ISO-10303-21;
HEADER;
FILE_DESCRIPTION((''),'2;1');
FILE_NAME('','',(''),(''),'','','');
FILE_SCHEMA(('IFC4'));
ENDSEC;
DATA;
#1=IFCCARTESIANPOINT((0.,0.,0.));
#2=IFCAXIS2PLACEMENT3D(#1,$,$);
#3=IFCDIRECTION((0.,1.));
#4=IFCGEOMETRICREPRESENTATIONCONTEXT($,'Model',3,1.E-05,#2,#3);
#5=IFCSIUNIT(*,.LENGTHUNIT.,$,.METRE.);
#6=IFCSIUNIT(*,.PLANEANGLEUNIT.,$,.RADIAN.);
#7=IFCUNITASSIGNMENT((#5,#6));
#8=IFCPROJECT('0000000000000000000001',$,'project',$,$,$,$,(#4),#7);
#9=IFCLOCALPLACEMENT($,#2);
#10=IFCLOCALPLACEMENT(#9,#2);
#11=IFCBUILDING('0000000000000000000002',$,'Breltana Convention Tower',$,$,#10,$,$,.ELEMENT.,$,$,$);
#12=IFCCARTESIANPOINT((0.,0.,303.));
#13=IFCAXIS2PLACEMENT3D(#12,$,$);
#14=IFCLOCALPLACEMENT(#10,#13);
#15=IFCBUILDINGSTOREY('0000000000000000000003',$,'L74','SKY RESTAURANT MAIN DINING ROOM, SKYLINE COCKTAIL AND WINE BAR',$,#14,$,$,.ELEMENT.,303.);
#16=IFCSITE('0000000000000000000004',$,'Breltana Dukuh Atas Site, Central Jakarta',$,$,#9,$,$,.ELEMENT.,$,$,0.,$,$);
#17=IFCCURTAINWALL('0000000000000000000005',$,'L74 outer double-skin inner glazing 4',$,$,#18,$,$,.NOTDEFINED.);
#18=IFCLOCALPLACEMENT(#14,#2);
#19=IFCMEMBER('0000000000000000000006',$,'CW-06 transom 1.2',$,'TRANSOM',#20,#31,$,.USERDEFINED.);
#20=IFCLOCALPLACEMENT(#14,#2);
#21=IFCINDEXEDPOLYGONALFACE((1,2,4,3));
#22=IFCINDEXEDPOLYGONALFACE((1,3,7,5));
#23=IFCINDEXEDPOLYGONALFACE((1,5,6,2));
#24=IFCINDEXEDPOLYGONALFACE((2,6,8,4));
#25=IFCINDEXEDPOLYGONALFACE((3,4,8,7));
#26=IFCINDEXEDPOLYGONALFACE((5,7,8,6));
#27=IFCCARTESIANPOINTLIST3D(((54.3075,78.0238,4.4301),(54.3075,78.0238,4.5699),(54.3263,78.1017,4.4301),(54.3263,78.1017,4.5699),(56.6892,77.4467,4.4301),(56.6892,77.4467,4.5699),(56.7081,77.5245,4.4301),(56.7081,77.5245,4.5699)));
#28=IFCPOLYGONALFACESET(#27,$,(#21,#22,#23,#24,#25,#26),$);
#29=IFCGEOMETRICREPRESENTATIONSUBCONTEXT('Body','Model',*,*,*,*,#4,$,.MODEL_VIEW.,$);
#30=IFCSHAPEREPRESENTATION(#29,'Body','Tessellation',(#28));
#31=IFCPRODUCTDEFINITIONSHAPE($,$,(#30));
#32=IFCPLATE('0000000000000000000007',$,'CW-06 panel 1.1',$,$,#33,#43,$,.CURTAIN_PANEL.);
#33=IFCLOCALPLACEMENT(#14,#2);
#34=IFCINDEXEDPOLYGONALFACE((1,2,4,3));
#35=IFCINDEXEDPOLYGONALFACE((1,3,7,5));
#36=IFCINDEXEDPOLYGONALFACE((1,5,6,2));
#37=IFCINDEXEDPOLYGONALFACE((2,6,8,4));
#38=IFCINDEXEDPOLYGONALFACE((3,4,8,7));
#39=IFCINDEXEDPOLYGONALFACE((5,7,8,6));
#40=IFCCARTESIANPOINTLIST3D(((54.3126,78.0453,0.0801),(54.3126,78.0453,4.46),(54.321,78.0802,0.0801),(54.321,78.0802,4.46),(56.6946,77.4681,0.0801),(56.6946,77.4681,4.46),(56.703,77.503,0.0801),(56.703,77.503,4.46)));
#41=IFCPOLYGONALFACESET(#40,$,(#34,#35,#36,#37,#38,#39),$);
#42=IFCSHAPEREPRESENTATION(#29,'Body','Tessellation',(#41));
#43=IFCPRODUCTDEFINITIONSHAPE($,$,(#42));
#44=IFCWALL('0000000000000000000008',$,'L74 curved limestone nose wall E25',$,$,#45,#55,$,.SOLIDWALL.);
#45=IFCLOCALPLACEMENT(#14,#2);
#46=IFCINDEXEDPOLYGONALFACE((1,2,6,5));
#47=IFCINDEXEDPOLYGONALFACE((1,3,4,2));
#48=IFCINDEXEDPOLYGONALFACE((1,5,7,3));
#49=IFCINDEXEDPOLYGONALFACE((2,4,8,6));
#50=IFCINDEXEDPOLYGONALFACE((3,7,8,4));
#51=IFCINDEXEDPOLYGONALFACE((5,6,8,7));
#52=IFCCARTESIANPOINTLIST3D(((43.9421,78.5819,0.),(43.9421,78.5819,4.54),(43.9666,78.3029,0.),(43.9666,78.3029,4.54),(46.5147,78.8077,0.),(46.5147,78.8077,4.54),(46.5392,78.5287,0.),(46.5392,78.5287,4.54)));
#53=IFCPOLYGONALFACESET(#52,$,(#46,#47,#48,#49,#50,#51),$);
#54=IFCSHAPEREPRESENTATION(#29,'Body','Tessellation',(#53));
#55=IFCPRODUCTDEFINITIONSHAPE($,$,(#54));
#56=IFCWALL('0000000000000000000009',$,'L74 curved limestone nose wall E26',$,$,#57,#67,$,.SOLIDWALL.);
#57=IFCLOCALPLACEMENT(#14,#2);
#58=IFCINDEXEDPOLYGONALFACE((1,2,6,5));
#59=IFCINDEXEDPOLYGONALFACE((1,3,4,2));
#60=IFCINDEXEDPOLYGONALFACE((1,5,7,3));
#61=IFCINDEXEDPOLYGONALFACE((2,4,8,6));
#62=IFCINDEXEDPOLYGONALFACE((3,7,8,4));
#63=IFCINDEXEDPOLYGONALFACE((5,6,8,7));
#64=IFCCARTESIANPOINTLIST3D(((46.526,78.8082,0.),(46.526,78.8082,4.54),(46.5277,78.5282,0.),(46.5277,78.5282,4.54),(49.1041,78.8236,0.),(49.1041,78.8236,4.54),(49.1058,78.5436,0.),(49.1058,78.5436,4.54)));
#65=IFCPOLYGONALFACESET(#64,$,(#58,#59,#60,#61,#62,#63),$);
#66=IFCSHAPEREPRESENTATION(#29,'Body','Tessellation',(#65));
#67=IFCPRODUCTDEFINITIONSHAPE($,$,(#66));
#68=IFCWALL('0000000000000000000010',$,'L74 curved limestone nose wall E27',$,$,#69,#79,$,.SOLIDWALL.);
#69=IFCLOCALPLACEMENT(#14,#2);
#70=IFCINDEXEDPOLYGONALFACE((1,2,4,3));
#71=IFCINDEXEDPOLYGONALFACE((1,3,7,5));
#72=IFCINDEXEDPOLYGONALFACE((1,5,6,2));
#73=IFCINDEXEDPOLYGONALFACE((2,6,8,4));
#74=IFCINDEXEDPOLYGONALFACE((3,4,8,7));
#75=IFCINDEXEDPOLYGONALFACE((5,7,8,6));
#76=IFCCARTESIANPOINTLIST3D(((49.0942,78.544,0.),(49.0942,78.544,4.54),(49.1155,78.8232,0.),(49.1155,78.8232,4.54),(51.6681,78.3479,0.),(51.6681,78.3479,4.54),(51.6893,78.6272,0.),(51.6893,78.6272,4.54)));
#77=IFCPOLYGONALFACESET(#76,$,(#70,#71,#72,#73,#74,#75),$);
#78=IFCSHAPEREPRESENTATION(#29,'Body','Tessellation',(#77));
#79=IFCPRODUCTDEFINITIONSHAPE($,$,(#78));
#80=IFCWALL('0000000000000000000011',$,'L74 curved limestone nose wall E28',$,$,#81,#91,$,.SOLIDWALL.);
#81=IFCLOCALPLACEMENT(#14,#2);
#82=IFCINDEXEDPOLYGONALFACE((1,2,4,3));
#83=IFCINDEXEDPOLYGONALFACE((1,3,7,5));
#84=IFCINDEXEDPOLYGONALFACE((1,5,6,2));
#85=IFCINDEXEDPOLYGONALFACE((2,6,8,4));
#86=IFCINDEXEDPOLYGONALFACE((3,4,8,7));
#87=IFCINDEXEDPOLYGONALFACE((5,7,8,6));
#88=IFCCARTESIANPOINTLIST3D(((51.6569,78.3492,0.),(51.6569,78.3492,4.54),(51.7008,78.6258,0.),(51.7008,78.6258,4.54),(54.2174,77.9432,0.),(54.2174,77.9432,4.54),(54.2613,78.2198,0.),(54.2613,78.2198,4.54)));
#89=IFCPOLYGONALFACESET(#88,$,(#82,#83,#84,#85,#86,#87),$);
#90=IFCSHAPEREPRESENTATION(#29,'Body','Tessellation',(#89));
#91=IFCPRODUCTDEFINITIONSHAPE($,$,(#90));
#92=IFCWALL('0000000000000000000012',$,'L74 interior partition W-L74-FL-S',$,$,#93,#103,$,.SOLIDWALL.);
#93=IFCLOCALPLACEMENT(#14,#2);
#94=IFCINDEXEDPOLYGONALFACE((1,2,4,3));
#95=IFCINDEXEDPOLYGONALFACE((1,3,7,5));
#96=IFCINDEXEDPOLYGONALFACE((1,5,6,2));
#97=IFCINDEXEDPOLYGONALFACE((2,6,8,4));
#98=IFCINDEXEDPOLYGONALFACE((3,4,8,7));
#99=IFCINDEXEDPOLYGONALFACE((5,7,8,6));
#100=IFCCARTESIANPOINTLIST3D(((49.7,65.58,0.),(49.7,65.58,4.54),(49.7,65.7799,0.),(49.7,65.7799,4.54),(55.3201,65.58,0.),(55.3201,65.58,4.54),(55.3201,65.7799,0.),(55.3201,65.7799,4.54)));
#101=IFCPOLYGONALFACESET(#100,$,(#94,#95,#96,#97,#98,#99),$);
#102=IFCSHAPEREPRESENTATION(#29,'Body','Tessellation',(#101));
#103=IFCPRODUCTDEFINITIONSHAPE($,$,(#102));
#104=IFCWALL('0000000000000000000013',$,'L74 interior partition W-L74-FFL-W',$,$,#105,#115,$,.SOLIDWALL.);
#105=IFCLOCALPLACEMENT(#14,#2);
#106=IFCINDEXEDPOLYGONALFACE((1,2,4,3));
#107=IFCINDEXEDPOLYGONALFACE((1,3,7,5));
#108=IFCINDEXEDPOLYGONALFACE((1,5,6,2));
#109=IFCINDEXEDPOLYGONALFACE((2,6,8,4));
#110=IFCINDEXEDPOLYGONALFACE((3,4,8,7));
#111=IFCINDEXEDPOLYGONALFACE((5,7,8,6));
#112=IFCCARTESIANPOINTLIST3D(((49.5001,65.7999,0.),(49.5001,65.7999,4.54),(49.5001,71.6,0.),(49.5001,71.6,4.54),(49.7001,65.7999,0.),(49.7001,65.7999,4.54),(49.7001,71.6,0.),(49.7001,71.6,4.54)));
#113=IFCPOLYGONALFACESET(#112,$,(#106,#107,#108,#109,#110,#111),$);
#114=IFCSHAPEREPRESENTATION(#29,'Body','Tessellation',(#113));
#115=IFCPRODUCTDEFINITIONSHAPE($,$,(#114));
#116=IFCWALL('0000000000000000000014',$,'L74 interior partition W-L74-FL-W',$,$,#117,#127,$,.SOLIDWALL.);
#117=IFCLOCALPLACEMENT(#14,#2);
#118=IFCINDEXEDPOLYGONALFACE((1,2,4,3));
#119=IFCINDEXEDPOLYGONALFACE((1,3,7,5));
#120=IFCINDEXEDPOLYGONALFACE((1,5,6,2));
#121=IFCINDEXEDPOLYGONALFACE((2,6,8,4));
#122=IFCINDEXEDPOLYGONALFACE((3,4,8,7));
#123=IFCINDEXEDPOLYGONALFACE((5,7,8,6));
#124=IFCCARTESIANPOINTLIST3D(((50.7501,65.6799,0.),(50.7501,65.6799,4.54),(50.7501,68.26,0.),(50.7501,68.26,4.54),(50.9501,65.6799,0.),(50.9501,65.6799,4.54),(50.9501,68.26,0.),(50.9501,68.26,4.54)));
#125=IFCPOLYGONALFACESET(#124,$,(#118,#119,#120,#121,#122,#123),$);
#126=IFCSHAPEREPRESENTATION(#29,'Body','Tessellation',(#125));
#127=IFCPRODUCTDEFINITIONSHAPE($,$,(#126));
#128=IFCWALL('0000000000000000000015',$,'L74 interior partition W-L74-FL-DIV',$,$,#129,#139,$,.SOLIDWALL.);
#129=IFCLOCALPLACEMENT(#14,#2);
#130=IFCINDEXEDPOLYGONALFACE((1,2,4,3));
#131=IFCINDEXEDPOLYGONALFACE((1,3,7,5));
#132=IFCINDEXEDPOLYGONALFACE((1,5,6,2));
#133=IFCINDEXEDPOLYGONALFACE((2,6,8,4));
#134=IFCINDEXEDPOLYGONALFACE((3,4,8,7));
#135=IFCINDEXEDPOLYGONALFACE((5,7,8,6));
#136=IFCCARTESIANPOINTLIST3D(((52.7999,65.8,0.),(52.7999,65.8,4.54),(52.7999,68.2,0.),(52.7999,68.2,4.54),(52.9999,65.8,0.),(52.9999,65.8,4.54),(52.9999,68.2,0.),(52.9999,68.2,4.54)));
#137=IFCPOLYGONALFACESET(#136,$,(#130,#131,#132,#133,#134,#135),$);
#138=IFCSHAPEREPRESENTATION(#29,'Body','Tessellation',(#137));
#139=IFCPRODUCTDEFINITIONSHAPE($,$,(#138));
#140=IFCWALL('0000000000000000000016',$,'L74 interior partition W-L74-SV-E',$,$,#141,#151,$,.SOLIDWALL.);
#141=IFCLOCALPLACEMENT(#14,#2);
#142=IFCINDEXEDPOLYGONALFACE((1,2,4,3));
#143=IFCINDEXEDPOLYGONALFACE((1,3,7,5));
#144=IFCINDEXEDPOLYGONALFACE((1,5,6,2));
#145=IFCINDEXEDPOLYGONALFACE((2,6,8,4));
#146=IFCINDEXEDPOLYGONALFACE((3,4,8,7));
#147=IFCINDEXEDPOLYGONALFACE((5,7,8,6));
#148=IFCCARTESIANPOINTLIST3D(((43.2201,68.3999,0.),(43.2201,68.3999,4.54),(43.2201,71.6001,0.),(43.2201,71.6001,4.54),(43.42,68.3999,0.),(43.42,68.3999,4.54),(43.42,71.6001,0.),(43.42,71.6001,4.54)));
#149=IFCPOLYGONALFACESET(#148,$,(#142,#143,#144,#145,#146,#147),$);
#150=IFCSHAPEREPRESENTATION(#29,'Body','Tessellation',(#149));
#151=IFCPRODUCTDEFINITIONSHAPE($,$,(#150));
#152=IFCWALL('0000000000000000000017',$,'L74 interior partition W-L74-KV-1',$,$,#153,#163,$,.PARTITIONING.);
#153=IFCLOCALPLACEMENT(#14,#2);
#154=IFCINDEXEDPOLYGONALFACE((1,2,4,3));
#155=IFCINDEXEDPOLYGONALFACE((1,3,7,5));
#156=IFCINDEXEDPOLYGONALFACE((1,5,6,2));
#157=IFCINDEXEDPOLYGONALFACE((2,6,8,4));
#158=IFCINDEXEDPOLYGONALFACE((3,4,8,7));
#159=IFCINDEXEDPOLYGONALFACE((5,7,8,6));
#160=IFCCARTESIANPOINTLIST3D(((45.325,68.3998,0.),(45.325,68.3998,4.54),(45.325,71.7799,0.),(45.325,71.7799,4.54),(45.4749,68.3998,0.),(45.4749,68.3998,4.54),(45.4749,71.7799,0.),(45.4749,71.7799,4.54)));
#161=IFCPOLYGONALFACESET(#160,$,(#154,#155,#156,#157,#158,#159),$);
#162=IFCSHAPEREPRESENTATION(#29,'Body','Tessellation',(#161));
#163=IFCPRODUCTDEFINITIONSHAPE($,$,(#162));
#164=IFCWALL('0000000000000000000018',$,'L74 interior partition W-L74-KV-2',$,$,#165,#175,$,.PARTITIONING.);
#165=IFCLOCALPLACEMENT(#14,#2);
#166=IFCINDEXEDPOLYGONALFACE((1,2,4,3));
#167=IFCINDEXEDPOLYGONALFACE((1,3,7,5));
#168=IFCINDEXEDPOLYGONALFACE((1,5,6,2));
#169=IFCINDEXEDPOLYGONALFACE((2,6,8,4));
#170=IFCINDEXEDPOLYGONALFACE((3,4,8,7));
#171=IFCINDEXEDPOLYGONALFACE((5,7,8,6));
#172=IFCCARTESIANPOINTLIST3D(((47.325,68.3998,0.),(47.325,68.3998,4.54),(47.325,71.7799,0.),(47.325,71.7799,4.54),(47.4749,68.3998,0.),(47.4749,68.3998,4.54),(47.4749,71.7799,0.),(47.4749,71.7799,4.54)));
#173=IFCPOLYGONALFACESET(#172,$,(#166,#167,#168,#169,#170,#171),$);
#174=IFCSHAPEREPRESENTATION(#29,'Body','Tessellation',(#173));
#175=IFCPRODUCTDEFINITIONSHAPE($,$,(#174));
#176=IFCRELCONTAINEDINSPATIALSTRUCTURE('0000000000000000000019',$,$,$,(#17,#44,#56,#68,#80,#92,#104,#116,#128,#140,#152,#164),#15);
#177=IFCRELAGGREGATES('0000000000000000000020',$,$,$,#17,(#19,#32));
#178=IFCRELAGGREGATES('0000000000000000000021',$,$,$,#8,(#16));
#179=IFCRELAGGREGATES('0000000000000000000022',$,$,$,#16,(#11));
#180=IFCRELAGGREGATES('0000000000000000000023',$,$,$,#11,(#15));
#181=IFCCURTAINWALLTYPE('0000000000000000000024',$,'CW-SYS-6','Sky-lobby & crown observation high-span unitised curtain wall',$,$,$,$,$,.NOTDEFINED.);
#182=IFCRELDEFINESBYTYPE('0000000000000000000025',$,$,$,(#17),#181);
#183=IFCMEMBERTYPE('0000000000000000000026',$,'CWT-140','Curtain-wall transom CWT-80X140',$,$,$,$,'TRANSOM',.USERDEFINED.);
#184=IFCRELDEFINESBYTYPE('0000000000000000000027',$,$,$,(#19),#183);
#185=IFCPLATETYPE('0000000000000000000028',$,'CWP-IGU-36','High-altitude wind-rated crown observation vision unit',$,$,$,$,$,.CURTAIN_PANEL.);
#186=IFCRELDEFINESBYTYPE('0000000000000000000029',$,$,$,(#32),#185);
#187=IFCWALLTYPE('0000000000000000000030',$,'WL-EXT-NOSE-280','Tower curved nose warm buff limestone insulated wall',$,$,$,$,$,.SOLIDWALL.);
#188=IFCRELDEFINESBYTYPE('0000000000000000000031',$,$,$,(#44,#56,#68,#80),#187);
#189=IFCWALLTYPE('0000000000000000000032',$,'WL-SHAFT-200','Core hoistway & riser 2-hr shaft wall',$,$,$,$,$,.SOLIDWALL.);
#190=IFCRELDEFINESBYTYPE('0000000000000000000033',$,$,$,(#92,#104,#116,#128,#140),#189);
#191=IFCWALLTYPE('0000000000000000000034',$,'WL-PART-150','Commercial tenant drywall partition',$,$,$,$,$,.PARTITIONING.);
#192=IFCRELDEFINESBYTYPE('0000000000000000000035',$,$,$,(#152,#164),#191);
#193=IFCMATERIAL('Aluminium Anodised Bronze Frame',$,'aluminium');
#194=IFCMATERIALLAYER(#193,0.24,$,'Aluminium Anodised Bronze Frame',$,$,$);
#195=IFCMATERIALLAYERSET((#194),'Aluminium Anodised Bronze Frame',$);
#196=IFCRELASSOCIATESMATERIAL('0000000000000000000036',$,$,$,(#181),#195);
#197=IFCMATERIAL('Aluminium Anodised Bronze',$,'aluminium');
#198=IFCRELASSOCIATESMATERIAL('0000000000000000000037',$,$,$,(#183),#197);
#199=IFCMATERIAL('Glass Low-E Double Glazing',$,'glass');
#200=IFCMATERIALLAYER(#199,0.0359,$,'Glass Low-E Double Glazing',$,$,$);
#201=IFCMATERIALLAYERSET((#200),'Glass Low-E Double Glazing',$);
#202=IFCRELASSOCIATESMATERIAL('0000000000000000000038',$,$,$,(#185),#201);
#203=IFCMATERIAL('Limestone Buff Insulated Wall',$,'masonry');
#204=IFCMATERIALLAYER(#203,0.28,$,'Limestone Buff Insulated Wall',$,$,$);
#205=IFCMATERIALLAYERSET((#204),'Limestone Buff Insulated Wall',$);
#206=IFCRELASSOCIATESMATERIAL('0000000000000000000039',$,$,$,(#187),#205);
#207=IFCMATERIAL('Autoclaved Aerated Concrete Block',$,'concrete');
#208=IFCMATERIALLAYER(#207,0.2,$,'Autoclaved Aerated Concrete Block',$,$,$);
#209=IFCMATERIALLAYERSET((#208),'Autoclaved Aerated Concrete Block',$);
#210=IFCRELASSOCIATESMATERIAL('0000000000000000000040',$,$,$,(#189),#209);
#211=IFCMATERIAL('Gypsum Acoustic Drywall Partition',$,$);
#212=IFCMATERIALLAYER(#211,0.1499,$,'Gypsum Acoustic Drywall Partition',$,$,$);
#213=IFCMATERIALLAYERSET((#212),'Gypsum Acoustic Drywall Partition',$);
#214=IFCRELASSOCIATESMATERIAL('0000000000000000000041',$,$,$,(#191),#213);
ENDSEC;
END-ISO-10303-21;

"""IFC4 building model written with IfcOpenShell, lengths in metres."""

from ifc_helpers import new_model, si_unit, direction, frame, frame_2d, origin, origin_2d, place, context, subcontext, project, spatial, rectangle, extrude, source, transform, mapped, material, layer, layer_set, material_profile, profile_set, type_object, element, aggregate, save


model = new_model("IFC4")

# Units and contexts
model_context = context("Model", 3, precision=1e-05, world=origin(), true_north=direction((0.0, 1.0)))
body_context = subcontext(model_context, "Body", "Model", "MODEL_VIEW")
ifc_project = project(units=[si_unit("LENGTHUNIT", "METRE"), si_unit("PLANEANGLEUNIT", "RADIAN")], contexts=[model_context])

# Site, building, storey
site_placement = place(None, origin())
site = spatial("IfcSite", under=ifc_project, at=site_placement, Name="Breltana Dukuh Atas Site, Central Jakarta", CompositionType="ELEMENT", RefElevation=0.0)
building_placement = place(site_placement, origin())
building = spatial("IfcBuilding", under=site, at=building_placement, Name="Breltana Convention Tower", CompositionType="ELEMENT")
storey_placement = place(building_placement, frame((0.0, 0.0, 303.0)))
storey = spatial("IfcBuildingStorey", under=building, at=storey_placement, Name="L74", Description="SKY RESTAURANT MAIN DINING ROOM, SKYLINE COCKTAIL AND WINE BAR", CompositionType="ELEMENT", Elevation=303.0)

# Shared definitions
ifc_material_1 = material(Name="Aluminium Anodised Bronze Frame", Category="aluminium")
ifc_layer_1 = layer(ifc_material_1, 0.24, Name="Aluminium Anodised Bronze Frame")
ifc_layer_set_1 = layer_set([ifc_layer_1], Name="Aluminium Anodised Bronze Frame")
curtain_wall_type = type_object("IfcCurtainWallType", Name="CW-SYS-6", Description="Sky-lobby & crown observation high-span unitised curtain wall", PredefinedType="NOTDEFINED", material=ifc_layer_set_1)
ifc_material_2 = material(Name="Aluminium Anodised Bronze", Category="aluminium")

# Curtain wall, member, plate
curtain_wall_1_placement = place(storey_placement, origin())
curtain_wall_1 = element("IfcCurtainWall", 1, at=curtain_wall_1_placement, inside=storey, type_object=curtain_wall_type, Name="L74 outer double-skin inner glazing 4", PredefinedType="NOTDEFINED")
ifc_material_profile_1 = material_profile(ifc_material_2, rectangle(XDim=0.0801, YDim=0.1399, at=origin_2d()), Name="CWT-80X140")
ifc_profile_set_1 = profile_set([ifc_material_profile_1], Name="Aluminium Anodised Bronze")
member_type_1 = type_object("IfcMemberType", Name="CWT-140", Description="Curtain-wall transom CWT-80X140", ElementType="TRANSOM", PredefinedType="USERDEFINED", material=ifc_profile_set_1)
shared_shape_1 = source(origin(), body_context, "Body", "SweptSolid", [
    extrude(rectangle(XDim=0.0801, YDim=0.1399, at=origin_2d()), origin(), (0.0, 0.0, 1.0), 2.4507),
])
member_1_placement = place(storey_placement, frame((54.3169, 78.0627, 4.5), z_axis=(0.971875, -0.235497, 0.0), x_axis=(0.235497, 0.971875, 0.0)))
member_1 = element("IfcMember", 2, at=member_1_placement, type_object=member_type_1, Name="CW-06 transom 1.2", ObjectType="TRANSOM", PredefinedType="USERDEFINED", context=body_context, shape_type="MappedRepresentation", body=[
    mapped(shared_shape_1, transform((0.0, 0.0, 0.0), scale=1.0)),
])
ifc_material_3 = material(Name="Glass Low-E Double Glazing", Category="glass")
ifc_layer_2 = layer(ifc_material_3, 0.0359, Name="Glass Low-E Double Glazing")
ifc_layer_set_2 = layer_set([ifc_layer_2], Name="Glass Low-E Double Glazing")
plate_type = type_object("IfcPlateType", Name="CWP-IGU-36", Description="High-altitude wind-rated crown observation vision unit", PredefinedType="CURTAIN_PANEL", material=ifc_layer_set_2)
shared_shape_2 = source(origin(), body_context, "Body", "SweptSolid", [
    extrude(rectangle(XDim=2.4509, YDim=0.0359, at=origin_2d()), origin(), (0.0, 0.0, 1.0), 4.3799),
])
plate_placement = place(storey_placement, frame((55.5078, 77.7742, 0.0801), z_axis=(0.0, 0.0, 1.0), x_axis=(0.97187, -0.235518, 0.0)))
plate = element("IfcPlate", 3, at=plate_placement, type_object=plate_type, Name="CW-06 panel 1.1", PredefinedType="CURTAIN_PANEL", context=body_context, shape_type="MappedRepresentation", body=[
    mapped(shared_shape_2, transform((0.0, 0.0, 0.0), scale=1.0)),
])
aggregate(curtain_wall_1, [member_1, plate])

# Walls
ifc_material_4 = material(Name="Limestone Buff Insulated Wall", Category="masonry")
ifc_layer_3 = layer(ifc_material_4, 0.28, Name="Limestone Buff Insulated Wall")
ifc_layer_set_3 = layer_set([ifc_layer_3], Name="Limestone Buff Insulated Wall")
wall_type_1 = type_object("IfcWallType", Name="WL-EXT-NOSE-280", Description="Tower curved nose warm buff limestone insulated wall", PredefinedType="SOLIDWALL", material=ifc_layer_set_3)
shared_shape_3 = source(origin(), body_context, "Body", "SweptSolid", [
    extrude(rectangle(XDim=2.5825, YDim=0.28, at=frame_2d((1.2913, 0.0))), origin(), (0.0, 0.0, 1.0), 4.54),
])
wall_1_placement = place(storey_placement, frame((43.9543, 78.4424, 0.0), z_axis=(0.0, 0.0, 1.0), x_axis=(0.996169, 0.08745, 0.0)))
element("IfcWall", 4, at=wall_1_placement, inside=storey, type_object=wall_type_1, Name="L74 curved limestone nose wall E25", PredefinedType="SOLIDWALL", context=body_context, shape_type="MappedRepresentation", body=[
    mapped(shared_shape_3, transform((0.0, 0.0, 0.0), scale=1.0)),
])
shared_shape_4 = source(origin(), body_context, "Body", "SweptSolid", [
    extrude(rectangle(XDim=2.5781, YDim=0.28, at=frame_2d((1.2891, 0.0))), origin(), (0.0, 0.0, 1.0), 4.54),
])
wall_2_placement = place(storey_placement, frame((46.5269, 78.6682, 0.0), z_axis=(0.0, 0.0, 1.0), x_axis=(0.999982, 0.005966, 0.0)))
element("IfcWall", 5, at=wall_2_placement, inside=storey, type_object=wall_type_1, Name="L74 curved limestone nose wall E26", PredefinedType="SOLIDWALL", context=body_context, shape_type="MappedRepresentation", body=[
    mapped(shared_shape_4, transform((0.0, 0.0, 0.0), scale=1.0)),
])
shared_shape_5 = source(origin(), body_context, "Body", "SweptSolid", [
    extrude(rectangle(XDim=2.5813, YDim=0.28, at=frame_2d((1.2905, 0.0))), origin(), (0.0, 0.0, 1.0), 4.54),
])
wall_3_placement = place(storey_placement, frame((49.105, 78.6836, 0.0), z_axis=(0.0, 0.0, 1.0), x_axis=(0.997112, -0.075951, 0.0)))
element("IfcWall", 6, at=wall_3_placement, inside=storey, type_object=wall_type_1, Name="L74 curved limestone nose wall E27", PredefinedType="SOLIDWALL", context=body_context, shape_type="MappedRepresentation", body=[
    mapped(shared_shape_5, transform((0.0, 0.0, 0.0), scale=1.0)),
])
shared_shape_6 = source(origin(), body_context, "Body", "SweptSolid", [
    extrude(rectangle(XDim=2.5925, YDim=0.28, at=frame_2d((1.2964, 0.0))), origin(), (0.0, 0.0, 1.0), 4.54),
])
wall_4_placement = place(storey_placement, frame((51.6787, 78.4875, 0.0), z_axis=(0.0, 0.0, 1.0), x_axis=(0.987661, -0.156606, 0.0)))
element("IfcWall", 7, at=wall_4_placement, inside=storey, type_object=wall_type_1, Name="L74 curved limestone nose wall E28", PredefinedType="SOLIDWALL", context=body_context, shape_type="MappedRepresentation", body=[
    mapped(shared_shape_6, transform((0.0, 0.0, 0.0), scale=1.0)),
])

# Shared definitions
ifc_material_5 = material(Name="Autoclaved Aerated Concrete Block", Category="concrete")
ifc_layer_4 = layer(ifc_material_5, 0.2, Name="Autoclaved Aerated Concrete Block")
ifc_layer_set_4 = layer_set([ifc_layer_4], Name="Autoclaved Aerated Concrete Block")
wall_type_2 = type_object("IfcWallType", Name="WL-SHAFT-200", Description="Core hoistway & riser 2-hr shaft wall", PredefinedType="SOLIDWALL", material=ifc_layer_set_4)
shared_shape_7 = source(origin(), body_context, "Body", "SweptSolid", [
    extrude(rectangle(XDim=5.6201, YDim=0.2, at=frame_2d((2.8101, 0.0))), origin(), (0.0, 0.0, 1.0), 4.54),
])

# Walls
wall_5_placement = place(storey_placement, frame((49.7, 65.6799, 0.0), z_axis=(0.0, 0.0, 1.0), x_axis=(1.0, 0.0, 0.0)))
element("IfcWall", 8, at=wall_5_placement, inside=storey, type_object=wall_type_2, Name="L74 interior partition W-L74-FL-S", PredefinedType="SOLIDWALL", context=body_context, shape_type="MappedRepresentation", body=[
    mapped(shared_shape_7, transform((0.0, 0.0, 0.0), scale=1.0)),
])
shared_shape_8 = source(origin(), body_context, "Body", "SweptSolid", [
    extrude(rectangle(XDim=5.8, YDim=0.2, at=frame_2d((2.8999, 0.0))), origin(), (0.0, 0.0, 1.0), 4.54),
])
wall_6_placement = place(storey_placement, frame((49.6001, 65.8, 0.0), z_axis=(0.0, 0.0, 1.0), x_axis=(0.0, 1.0, 0.0)))
element("IfcWall", 9, at=wall_6_placement, inside=storey, type_object=wall_type_2, Name="L74 interior partition W-L74-FFL-W", PredefinedType="SOLIDWALL", context=body_context, shape_type="MappedRepresentation", body=[
    mapped(shared_shape_8, transform((0.0, 0.0, 0.0), scale=1.0)),
])
shared_shape_9 = source(origin(), body_context, "Body", "SweptSolid", [
    extrude(rectangle(XDim=2.5801, YDim=0.2, at=frame_2d((1.29, 0.0))), origin(), (0.0, 0.0, 1.0), 4.54),
])
wall_7_placement = place(storey_placement, frame((50.8501, 65.6799, 0.0), z_axis=(0.0, 0.0, 1.0), x_axis=(0.0, 1.0, 0.0)))
element("IfcWall", 10, at=wall_7_placement, inside=storey, type_object=wall_type_2, Name="L74 interior partition W-L74-FL-W", PredefinedType="SOLIDWALL", context=body_context, shape_type="MappedRepresentation", body=[
    mapped(shared_shape_9, transform((0.0, 0.0, 0.0), scale=1.0)),
])
shared_shape_10 = source(origin(), body_context, "Body", "SweptSolid", [
    extrude(rectangle(XDim=2.3999, YDim=0.2, at=frame_2d((1.2, 0.0))), origin(), (0.0, 0.0, 1.0), 4.54),
])
wall_8_placement = place(storey_placement, frame((52.8999, 65.8, 0.0), z_axis=(0.0, 0.0, 1.0), x_axis=(0.0, 1.0, 0.0)))
element("IfcWall", 11, at=wall_8_placement, inside=storey, type_object=wall_type_2, Name="L74 interior partition W-L74-FL-DIV", PredefinedType="SOLIDWALL", context=body_context, shape_type="MappedRepresentation", body=[
    mapped(shared_shape_10, transform((0.0, 0.0, 0.0), scale=1.0)),
])
shared_shape_11 = source(origin(), body_context, "Body", "SweptSolid", [
    extrude(rectangle(XDim=3.2002, YDim=0.2, at=frame_2d((1.6001, 0.0))), origin(), (0.0, 0.0, 1.0), 4.54),
])
wall_9_placement = place(storey_placement, frame((43.3201, 68.3999, 0.0), z_axis=(0.0, 0.0, 1.0), x_axis=(0.0, 1.0, 0.0)))
element("IfcWall", 12, at=wall_9_placement, inside=storey, type_object=wall_type_2, Name="L74 interior partition W-L74-SV-E", PredefinedType="SOLIDWALL", context=body_context, shape_type="MappedRepresentation", body=[
    mapped(shared_shape_11, transform((0.0, 0.0, 0.0), scale=1.0)),
])

# Walls
ifc_material_6 = material(Name="Gypsum Acoustic Drywall Partition")
ifc_layer_5 = layer(ifc_material_6, 0.1499, Name="Gypsum Acoustic Drywall Partition")
ifc_layer_set_5 = layer_set([ifc_layer_5], Name="Gypsum Acoustic Drywall Partition")
wall_type_3 = type_object("IfcWallType", Name="WL-PART-150", Description="Commercial tenant drywall partition", PredefinedType="PARTITIONING", material=ifc_layer_set_5)
shared_shape_12 = source(origin(), body_context, "Body", "SweptSolid", [
    extrude(rectangle(XDim=3.3801, YDim=0.1499, at=frame_2d((1.6899, 0.0))), origin(), (0.0, 0.0, 1.0), 4.54),
])
for number, where, z_axis, x_axis, name in (
    (13, (45.3999, 68.3999, 0.0), (0.0, 0.0, 1.0), (0.0, 1.0, 0.0), "L74 interior partition W-L74-KV-1"),
    (14, (47.3999, 68.3999, 0.0), (0.0, 0.0, 1.0), (0.0, 1.0, 0.0), "L74 interior partition W-L74-KV-2"),
):
    element("IfcWall", number, at=place(storey_placement, frame(where, z_axis=z_axis, x_axis=x_axis)), inside=storey, type_object=wall_type_3, Name=name, PredefinedType="PARTITIONING", context=body_context, shape_type="MappedRepresentation", body=[
        mapped(shared_shape_12, transform((0.0, 0.0, 0.0), scale=1.0)),
    ])

save(model, "model.ifc")
